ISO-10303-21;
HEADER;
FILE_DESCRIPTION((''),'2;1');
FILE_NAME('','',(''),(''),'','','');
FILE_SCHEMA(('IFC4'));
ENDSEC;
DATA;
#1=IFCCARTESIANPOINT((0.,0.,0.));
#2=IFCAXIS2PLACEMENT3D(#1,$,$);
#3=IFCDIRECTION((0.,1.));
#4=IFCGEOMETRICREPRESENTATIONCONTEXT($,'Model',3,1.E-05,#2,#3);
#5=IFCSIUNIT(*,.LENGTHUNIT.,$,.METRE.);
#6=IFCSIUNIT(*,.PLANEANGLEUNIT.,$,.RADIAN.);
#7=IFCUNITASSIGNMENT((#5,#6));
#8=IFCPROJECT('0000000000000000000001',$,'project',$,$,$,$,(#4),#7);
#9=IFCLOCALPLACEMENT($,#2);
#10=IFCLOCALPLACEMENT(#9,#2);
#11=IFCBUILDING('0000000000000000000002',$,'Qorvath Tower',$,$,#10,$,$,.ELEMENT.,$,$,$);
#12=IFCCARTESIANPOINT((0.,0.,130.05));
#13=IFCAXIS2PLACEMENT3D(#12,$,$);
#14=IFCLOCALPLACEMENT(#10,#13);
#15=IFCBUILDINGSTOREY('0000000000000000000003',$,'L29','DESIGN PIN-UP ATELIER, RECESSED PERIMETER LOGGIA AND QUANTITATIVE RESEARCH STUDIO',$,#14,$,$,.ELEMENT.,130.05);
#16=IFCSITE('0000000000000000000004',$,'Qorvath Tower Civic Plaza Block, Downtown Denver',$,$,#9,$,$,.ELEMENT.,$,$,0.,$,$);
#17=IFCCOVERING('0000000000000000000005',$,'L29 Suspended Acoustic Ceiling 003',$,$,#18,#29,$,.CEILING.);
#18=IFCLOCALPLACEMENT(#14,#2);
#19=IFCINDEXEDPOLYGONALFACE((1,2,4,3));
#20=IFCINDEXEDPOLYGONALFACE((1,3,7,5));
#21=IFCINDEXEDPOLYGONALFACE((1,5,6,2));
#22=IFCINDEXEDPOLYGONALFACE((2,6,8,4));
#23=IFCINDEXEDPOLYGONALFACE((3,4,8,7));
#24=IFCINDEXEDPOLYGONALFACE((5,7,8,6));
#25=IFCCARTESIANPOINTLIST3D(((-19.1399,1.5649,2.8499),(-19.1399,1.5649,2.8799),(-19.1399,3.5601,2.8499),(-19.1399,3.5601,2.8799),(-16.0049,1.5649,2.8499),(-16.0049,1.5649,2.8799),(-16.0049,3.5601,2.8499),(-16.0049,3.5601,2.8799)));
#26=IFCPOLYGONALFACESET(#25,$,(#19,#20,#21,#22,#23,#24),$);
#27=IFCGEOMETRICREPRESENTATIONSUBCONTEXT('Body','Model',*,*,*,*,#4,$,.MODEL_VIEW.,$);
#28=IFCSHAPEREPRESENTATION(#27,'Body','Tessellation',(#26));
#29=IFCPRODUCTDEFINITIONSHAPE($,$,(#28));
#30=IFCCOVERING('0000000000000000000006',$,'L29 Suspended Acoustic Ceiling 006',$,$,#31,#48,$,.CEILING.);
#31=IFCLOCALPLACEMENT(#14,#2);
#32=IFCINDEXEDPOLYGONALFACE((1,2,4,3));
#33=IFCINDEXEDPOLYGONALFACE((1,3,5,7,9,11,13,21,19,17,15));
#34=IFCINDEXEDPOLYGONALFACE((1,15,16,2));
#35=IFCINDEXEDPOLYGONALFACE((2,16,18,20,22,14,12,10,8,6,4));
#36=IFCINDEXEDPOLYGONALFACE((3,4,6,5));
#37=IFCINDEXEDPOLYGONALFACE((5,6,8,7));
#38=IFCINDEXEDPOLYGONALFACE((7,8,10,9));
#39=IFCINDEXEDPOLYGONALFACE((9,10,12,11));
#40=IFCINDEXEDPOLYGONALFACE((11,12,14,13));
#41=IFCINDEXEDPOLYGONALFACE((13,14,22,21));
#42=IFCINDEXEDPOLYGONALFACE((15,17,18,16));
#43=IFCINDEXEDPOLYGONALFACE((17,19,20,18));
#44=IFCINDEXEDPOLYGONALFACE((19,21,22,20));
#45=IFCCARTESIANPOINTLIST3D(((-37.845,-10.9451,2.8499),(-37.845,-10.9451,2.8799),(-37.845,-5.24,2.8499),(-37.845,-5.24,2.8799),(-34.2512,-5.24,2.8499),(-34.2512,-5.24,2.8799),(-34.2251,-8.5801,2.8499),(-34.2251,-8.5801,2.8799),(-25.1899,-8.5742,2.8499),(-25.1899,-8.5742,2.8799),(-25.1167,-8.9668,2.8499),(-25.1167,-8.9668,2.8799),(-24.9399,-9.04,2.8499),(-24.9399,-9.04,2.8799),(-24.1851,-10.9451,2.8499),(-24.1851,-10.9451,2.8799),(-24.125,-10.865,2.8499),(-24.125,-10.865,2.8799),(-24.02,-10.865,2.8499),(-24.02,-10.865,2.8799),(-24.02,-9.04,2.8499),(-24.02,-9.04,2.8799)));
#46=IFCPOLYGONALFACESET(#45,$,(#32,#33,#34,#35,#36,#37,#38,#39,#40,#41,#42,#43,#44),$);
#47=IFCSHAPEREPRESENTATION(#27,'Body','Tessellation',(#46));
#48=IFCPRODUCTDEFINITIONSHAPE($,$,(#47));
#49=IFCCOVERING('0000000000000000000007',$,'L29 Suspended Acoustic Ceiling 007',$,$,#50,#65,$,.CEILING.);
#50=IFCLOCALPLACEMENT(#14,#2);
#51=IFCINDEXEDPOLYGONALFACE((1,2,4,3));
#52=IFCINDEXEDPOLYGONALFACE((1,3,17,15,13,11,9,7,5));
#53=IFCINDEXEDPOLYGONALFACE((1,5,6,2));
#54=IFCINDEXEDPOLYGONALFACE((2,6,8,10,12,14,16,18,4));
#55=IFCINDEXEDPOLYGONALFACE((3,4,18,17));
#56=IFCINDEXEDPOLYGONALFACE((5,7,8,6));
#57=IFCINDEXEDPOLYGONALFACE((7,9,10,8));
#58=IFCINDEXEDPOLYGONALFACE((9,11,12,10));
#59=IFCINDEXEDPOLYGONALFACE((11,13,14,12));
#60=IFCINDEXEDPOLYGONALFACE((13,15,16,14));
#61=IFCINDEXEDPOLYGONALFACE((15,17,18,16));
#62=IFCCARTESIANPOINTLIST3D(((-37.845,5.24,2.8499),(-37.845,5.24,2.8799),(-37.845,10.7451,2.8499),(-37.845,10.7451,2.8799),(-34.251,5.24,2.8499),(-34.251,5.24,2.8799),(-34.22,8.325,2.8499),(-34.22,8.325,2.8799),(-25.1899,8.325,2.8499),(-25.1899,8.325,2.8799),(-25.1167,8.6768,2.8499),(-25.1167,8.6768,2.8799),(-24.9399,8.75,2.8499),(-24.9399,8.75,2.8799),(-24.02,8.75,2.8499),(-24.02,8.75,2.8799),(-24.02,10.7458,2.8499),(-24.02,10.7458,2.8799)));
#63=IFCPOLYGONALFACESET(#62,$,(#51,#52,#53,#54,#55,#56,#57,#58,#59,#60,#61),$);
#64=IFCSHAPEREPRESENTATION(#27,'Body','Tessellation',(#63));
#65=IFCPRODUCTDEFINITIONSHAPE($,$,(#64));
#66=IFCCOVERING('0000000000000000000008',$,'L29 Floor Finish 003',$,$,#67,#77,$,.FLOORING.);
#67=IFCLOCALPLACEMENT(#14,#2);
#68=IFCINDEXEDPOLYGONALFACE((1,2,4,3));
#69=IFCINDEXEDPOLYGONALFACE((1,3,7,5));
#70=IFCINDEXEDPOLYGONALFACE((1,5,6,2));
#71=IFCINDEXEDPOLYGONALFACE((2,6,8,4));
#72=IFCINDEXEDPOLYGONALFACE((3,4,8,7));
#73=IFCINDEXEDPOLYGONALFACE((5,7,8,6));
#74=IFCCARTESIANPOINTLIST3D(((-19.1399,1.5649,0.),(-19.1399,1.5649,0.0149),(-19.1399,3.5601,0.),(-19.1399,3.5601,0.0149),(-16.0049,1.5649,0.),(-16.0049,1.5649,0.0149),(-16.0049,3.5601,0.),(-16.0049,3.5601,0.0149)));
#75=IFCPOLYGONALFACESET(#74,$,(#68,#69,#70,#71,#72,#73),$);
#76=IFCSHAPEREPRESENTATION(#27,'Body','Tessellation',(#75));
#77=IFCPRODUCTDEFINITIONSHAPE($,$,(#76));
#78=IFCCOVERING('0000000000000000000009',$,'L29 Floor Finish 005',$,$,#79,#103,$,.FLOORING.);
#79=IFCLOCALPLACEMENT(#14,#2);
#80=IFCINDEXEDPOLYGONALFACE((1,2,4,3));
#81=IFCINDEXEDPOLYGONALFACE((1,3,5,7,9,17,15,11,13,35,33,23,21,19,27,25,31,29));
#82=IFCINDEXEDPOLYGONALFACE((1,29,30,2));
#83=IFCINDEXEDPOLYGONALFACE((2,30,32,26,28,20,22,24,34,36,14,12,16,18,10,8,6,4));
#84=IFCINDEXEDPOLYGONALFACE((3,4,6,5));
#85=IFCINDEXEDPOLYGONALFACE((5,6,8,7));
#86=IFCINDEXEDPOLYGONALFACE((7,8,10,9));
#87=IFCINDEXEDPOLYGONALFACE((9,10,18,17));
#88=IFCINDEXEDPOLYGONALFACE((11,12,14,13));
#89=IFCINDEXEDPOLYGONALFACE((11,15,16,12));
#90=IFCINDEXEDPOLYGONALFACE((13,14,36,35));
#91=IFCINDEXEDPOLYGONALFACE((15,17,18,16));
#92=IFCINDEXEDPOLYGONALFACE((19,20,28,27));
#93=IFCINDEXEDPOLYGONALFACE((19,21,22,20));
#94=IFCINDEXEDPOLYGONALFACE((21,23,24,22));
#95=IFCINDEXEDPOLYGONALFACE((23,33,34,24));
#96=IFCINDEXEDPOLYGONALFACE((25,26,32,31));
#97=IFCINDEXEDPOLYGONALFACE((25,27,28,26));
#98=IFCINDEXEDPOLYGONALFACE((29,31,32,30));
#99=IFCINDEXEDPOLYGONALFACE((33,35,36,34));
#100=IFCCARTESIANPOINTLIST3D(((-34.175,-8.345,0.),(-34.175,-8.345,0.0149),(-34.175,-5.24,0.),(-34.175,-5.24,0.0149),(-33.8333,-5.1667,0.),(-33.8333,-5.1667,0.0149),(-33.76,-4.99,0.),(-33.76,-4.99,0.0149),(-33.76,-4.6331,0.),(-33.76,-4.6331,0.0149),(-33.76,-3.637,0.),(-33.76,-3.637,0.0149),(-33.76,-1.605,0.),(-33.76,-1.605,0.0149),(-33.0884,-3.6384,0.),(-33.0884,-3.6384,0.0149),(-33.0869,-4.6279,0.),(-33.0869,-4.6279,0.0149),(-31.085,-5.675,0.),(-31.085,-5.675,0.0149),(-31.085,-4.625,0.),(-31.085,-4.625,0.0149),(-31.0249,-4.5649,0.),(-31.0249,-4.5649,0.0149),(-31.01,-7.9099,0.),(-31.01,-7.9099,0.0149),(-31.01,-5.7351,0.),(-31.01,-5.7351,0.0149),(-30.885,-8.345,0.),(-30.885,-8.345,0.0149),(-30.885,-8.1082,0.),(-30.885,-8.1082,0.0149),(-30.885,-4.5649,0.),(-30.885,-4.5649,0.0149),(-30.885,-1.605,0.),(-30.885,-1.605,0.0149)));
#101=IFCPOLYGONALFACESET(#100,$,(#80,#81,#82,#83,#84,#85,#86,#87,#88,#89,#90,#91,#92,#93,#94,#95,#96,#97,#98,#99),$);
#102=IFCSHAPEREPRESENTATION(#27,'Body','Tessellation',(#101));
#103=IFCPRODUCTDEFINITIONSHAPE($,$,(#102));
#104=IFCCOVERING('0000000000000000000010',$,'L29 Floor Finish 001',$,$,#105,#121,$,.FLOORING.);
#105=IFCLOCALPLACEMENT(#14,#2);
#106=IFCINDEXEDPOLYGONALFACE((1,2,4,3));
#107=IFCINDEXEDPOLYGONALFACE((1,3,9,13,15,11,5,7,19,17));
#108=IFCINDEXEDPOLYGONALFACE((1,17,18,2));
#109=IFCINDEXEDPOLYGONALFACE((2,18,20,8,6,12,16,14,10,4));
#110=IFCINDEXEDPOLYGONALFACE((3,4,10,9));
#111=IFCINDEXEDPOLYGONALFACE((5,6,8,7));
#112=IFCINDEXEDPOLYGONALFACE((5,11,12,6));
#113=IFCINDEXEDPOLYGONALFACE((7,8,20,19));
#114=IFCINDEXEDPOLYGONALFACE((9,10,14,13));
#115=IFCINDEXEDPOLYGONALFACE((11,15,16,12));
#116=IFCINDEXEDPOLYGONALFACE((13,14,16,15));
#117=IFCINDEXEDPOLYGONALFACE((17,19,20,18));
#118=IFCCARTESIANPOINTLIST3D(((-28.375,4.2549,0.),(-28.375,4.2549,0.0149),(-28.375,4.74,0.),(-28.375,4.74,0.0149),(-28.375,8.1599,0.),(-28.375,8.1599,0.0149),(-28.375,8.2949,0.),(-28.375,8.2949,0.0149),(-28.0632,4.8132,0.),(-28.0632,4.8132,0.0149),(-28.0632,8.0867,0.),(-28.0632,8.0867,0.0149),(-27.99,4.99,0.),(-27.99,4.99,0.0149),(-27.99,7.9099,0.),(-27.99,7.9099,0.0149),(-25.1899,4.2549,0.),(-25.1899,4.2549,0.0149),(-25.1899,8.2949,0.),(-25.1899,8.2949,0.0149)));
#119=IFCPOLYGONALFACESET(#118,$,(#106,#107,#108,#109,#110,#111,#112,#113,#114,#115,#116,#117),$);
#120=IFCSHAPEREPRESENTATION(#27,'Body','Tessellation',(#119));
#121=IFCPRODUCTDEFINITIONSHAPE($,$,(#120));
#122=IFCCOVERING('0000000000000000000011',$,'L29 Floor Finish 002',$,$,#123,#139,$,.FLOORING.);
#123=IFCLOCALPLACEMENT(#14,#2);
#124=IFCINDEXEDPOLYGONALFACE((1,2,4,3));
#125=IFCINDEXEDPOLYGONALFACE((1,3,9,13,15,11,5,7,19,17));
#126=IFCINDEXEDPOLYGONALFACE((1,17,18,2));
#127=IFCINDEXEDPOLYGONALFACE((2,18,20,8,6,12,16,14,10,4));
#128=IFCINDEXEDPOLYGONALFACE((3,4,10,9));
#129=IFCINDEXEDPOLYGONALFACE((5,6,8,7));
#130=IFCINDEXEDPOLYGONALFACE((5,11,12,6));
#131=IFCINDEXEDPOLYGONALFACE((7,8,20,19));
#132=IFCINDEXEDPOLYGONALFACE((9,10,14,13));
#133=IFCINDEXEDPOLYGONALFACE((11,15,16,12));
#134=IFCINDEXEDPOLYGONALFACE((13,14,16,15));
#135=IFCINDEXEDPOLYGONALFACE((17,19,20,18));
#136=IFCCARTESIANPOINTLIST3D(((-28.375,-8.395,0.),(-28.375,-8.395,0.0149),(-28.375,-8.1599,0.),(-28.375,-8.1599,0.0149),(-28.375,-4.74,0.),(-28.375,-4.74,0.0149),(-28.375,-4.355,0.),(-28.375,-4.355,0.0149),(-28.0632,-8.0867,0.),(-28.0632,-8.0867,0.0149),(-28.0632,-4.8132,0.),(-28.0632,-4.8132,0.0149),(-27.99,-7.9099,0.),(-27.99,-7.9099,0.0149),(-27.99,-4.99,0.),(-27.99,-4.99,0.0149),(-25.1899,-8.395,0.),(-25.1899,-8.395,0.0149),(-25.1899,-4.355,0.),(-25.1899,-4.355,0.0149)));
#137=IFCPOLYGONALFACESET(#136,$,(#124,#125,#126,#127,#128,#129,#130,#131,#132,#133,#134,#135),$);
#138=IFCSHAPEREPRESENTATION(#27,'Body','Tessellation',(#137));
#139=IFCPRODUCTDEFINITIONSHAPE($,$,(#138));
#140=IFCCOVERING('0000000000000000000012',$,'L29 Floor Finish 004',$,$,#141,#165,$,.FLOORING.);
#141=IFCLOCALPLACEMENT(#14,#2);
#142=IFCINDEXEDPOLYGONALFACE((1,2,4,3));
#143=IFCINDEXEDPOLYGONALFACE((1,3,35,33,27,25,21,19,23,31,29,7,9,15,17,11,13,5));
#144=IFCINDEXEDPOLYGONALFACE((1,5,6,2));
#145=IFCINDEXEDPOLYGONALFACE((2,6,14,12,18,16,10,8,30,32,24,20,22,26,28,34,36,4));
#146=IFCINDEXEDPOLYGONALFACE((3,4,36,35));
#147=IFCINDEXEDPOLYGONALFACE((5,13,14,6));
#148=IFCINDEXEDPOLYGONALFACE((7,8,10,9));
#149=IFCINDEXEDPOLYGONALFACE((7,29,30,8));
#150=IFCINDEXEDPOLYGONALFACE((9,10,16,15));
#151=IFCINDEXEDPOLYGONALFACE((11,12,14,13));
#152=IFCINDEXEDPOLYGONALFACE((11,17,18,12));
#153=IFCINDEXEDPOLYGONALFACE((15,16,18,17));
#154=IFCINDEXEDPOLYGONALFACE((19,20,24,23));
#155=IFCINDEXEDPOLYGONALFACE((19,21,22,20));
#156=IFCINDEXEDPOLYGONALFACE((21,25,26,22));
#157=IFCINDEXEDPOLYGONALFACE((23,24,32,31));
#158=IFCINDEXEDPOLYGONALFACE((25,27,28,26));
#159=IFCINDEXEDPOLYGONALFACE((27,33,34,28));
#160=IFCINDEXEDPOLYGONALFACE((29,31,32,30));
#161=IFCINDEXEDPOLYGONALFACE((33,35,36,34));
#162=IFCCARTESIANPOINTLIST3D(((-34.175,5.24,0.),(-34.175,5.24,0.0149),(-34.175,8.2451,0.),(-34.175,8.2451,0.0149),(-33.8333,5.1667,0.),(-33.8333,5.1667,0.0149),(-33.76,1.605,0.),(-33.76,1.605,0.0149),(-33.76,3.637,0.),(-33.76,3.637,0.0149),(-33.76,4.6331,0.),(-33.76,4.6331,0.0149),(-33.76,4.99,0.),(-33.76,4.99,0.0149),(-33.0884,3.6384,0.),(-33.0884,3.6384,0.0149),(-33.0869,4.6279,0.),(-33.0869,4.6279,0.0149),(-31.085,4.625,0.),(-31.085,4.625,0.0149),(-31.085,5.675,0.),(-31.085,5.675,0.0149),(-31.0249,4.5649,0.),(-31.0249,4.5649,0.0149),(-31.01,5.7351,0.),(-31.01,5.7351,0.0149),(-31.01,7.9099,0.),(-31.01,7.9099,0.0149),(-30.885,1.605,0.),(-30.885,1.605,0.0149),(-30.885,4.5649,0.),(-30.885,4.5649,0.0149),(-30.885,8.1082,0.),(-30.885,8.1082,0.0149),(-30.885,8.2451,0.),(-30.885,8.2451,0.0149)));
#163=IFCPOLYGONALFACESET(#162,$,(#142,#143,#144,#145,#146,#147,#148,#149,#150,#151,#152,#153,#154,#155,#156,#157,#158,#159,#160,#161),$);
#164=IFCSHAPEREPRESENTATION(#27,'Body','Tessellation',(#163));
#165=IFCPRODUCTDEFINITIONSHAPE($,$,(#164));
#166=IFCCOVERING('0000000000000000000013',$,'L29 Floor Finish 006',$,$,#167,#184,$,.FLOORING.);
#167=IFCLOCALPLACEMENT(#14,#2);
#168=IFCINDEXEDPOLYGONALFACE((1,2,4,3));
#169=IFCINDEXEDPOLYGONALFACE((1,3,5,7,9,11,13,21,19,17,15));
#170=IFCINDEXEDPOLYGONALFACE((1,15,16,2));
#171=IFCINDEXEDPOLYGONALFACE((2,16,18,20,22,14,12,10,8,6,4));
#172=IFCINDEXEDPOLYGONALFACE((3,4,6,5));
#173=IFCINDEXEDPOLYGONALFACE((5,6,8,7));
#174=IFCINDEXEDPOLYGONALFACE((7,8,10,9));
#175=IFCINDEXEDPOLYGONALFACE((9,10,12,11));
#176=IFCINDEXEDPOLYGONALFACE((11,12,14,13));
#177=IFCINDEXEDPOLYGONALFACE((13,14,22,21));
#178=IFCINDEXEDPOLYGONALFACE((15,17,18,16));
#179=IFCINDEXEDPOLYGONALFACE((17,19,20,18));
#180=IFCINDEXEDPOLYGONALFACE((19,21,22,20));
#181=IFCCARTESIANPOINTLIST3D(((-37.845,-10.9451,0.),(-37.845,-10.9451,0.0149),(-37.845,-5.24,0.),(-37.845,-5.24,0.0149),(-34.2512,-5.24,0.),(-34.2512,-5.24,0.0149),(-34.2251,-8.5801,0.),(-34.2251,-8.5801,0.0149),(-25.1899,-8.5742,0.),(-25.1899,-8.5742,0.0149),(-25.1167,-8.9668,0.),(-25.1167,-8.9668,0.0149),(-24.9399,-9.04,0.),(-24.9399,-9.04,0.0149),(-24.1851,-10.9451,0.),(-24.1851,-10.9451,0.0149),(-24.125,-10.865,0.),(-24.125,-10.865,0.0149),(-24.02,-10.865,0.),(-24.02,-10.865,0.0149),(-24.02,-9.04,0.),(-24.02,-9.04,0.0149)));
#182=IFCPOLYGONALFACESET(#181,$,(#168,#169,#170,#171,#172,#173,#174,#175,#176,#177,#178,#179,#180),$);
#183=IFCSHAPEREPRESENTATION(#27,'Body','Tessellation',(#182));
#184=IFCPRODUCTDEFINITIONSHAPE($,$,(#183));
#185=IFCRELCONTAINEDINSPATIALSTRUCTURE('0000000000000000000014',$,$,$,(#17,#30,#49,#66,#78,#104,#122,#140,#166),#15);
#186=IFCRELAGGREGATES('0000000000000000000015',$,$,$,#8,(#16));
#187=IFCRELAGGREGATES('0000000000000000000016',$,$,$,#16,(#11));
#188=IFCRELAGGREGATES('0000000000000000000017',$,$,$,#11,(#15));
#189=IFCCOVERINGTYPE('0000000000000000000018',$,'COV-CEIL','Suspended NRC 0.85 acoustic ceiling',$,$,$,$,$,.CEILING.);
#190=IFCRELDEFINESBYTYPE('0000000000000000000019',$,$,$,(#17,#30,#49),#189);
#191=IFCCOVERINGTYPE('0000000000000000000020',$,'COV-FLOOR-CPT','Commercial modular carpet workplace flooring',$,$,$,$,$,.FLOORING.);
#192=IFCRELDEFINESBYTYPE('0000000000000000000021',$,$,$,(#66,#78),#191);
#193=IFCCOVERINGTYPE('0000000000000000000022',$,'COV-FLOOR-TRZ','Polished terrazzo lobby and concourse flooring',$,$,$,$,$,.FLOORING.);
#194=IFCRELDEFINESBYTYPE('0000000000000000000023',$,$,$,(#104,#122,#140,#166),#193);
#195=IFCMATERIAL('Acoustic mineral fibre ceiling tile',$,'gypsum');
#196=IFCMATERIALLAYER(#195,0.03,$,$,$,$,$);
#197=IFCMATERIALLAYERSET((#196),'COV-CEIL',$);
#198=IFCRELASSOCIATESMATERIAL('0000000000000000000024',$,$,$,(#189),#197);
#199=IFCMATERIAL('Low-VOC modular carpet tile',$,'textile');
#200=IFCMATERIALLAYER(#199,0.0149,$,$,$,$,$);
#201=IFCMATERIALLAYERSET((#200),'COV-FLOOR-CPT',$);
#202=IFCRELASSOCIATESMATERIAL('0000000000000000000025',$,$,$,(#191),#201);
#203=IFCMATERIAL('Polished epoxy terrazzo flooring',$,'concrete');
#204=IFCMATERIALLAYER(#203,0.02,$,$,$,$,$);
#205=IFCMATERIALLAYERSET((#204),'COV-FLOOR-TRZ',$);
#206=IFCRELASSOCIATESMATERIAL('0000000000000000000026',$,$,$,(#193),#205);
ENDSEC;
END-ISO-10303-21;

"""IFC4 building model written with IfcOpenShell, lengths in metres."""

from ifc_helpers import new_model, si_unit, direction, frame, origin, place, context, subcontext, project, spatial, polyline, outline, extrude, material, layer, layer_set, type_object, element, save


model = new_model("IFC4")

# Units and contexts
model_context = context("Model", 3, precision=1e-05, world=origin(), true_north=direction((0.0, 1.0)))
body_context = subcontext(model_context, "Body", "Model", "MODEL_VIEW")
ifc_project = project(units=[si_unit("LENGTHUNIT", "METRE"), si_unit("PLANEANGLEUNIT", "RADIAN")], contexts=[model_context])

# Site, building, storey
site_placement = place(None, origin())
site = spatial("IfcSite", under=ifc_project, at=site_placement, Name="Qorvath Tower Civic Plaza Block, Downtown Denver", CompositionType="ELEMENT", RefElevation=0.0)
building_placement = place(site_placement, origin())
building = spatial("IfcBuilding", under=site, at=building_placement, Name="Qorvath Tower", CompositionType="ELEMENT")
storey_placement = place(building_placement, frame((0.0, 0.0, 130.05)))
storey = spatial("IfcBuildingStorey", under=building, at=storey_placement, Name="L29", Description="DESIGN PIN-UP ATELIER, RECESSED PERIMETER LOGGIA AND QUANTITATIVE RESEARCH STUDIO", CompositionType="ELEMENT", Elevation=130.05)

# Coverings
ifc_material_1 = material(Name="Acoustic mineral fibre ceiling tile", Category="gypsum")
ifc_layer_1 = layer(ifc_material_1, 0.03)
ifc_layer_set_1 = layer_set([ifc_layer_1], Name="COV-CEIL")
covering_type_1 = type_object("IfcCoveringType", Name="COV-CEIL", Description="Suspended NRC 0.85 acoustic ceiling", PredefinedType="CEILING", material=ifc_layer_set_1)
covering_1_placement = place(storey_placement, frame((0.0, 0.0, 2.8499)))
element("IfcCovering", 1, at=covering_1_placement, inside=storey, type_object=covering_type_1, Name="L29 Suspended Acoustic Ceiling 003", PredefinedType="CEILING", context=body_context, shape_type="SweptSolid", body=[
    extrude(outline(polyline([(-16.0049, 3.5601), (-19.1399, 3.5601), (-19.1399, 1.5649), (-16.0049, 1.5649), (-16.0049, 3.5601)])), origin(), (0.0, 0.0, 1.0), 0.03),
])
covering_2_placement = place(storey_placement, frame((0.0, 0.0, 2.8499)))
element("IfcCovering", 2, at=covering_2_placement, inside=storey, type_object=covering_type_1, Name="L29 Suspended Acoustic Ceiling 006", PredefinedType="CEILING", context=body_context, shape_type="SweptSolid", body=[
    extrude(outline(polyline([(-34.2251, -8.5801), (-34.2512, -5.24), (-37.845, -5.24), (-37.845, -10.9451), (-24.1851, -10.9451), (-24.125, -10.865), (-24.02, -10.865), (-24.02, -9.04), (-24.9399, -9.04), (-25.1167, -8.9668), (-25.1899, -8.5742), (-34.2251, -8.5801)])), origin(), (0.0, 0.0, 1.0), 0.03),
])
covering_3_placement = place(storey_placement, frame((0.0, 0.0, 2.8499)))
element("IfcCovering", 3, at=covering_3_placement, inside=storey, type_object=covering_type_1, Name="L29 Suspended Acoustic Ceiling 007", PredefinedType="CEILING", context=body_context, shape_type="SweptSolid", body=[
    extrude(outline(polyline([(-24.02, 8.75), (-24.02, 10.7458), (-37.845, 10.7451), (-37.845, 5.24), (-34.251, 5.24), (-34.22, 8.325), (-25.1899, 8.325), (-25.1167, 8.6768), (-24.9399, 8.75), (-24.02, 8.75)])), origin(), (0.0, 0.0, 1.0), 0.03),
])
ifc_material_2 = material(Name="Low-VOC modular carpet tile", Category="textile")
ifc_layer_2 = layer(ifc_material_2, 0.0149)
ifc_layer_set_2 = layer_set([ifc_layer_2], Name="COV-FLOOR-CPT")
covering_type_2 = type_object("IfcCoveringType", Name="COV-FLOOR-CPT", Description="Commercial modular carpet workplace flooring", PredefinedType="FLOORING", material=ifc_layer_set_2)
covering_4_placement = place(storey_placement, origin())
element("IfcCovering", 4, at=covering_4_placement, inside=storey, type_object=covering_type_2, Name="L29 Floor Finish 003", PredefinedType="FLOORING", context=body_context, shape_type="SweptSolid", body=[
    extrude(outline(polyline([(-16.0049, 3.5601), (-19.1399, 3.5601), (-19.1399, 1.5649), (-16.0049, 1.5649), (-16.0049, 3.5601)])), origin(), (0.0, 0.0, 1.0), 0.0149),
])
covering_5_placement = place(storey_placement, origin())
element("IfcCovering", 5, at=covering_5_placement, inside=storey, type_object=covering_type_2, Name="L29 Floor Finish 005", PredefinedType="FLOORING", context=body_context, shape_type="SweptSolid", body=[
    extrude(outline(polyline([(-30.885, -1.605), (-33.76, -1.605), (-33.76, -3.637), (-33.0884, -3.6384), (-33.0869, -4.6279), (-33.76, -4.6331), (-33.76, -4.99), (-33.8333, -5.1667), (-34.175, -5.24), (-34.175, -8.345), (-30.885, -8.345), (-30.885, -8.1082), (-31.01, -7.9099), (-31.01, -5.7351), (-31.085, -5.675), (-31.085, -4.625), (-31.0249, -4.5649), (-30.885, -4.5649), (-30.885, -1.605)])), origin(), (0.0, 0.0, 1.0), 0.0149),
])
ifc_material_3 = material(Name="Polished epoxy terrazzo flooring", Category="concrete")
ifc_layer_3 = layer(ifc_material_3, 0.02)
ifc_layer_set_3 = layer_set([ifc_layer_3], Name="COV-FLOOR-TRZ")
covering_type_3 = type_object("IfcCoveringType", Name="COV-FLOOR-TRZ", Description="Polished terrazzo lobby and concourse flooring", PredefinedType="FLOORING", material=ifc_layer_set_3)
covering_6_placement = place(storey_placement, origin())
element("IfcCovering", 6, at=covering_6_placement, inside=storey, type_object=covering_type_3, Name="L29 Floor Finish 001", PredefinedType="FLOORING", context=body_context, shape_type="SweptSolid", body=[
    extrude(outline(polyline([(-25.1899, 4.2549), (-25.1899, 8.2949), (-28.375, 8.2949), (-28.375, 8.1599), (-28.0632, 8.0867), (-27.99, 7.9099), (-27.99, 4.99), (-28.0632, 4.8132), (-28.375, 4.74), (-28.375, 4.2549), (-25.1899, 4.2549)])), origin(), (0.0, 0.0, 1.0), 0.0149),
])
covering_7_placement = place(storey_placement, origin())
element("IfcCovering", 7, at=covering_7_placement, inside=storey, type_object=covering_type_3, Name="L29 Floor Finish 002", PredefinedType="FLOORING", context=body_context, shape_type="SweptSolid", body=[
    extrude(outline(polyline([(-25.1899, -8.395), (-25.1899, -4.355), (-28.375, -4.355), (-28.375, -4.74), (-28.0632, -4.8132), (-27.99, -4.99), (-27.99, -7.9099), (-28.0632, -8.0867), (-28.375, -8.1599), (-28.375, -8.395), (-25.1899, -8.395)])), origin(), (0.0, 0.0, 1.0), 0.0149),
])
covering_8_placement = place(storey_placement, origin())
element("IfcCovering", 8, at=covering_8_placement, inside=storey, type_object=covering_type_3, Name="L29 Floor Finish 004", PredefinedType="FLOORING", context=body_context, shape_type="SweptSolid", body=[
    extrude(outline(polyline([(-30.885, 8.2451), (-34.175, 8.2451), (-34.175, 5.24), (-33.8333, 5.1667), (-33.76, 4.99), (-33.76, 4.6331), (-33.0869, 4.6279), (-33.0884, 3.6384), (-33.76, 3.637), (-33.76, 1.605), (-30.885, 1.605), (-30.885, 4.5649), (-31.0249, 4.5649), (-31.085, 4.625), (-31.085, 5.675), (-31.01, 5.7351), (-31.01, 7.9099), (-30.885, 8.1082), (-30.885, 8.2451)])), origin(), (0.0, 0.0, 1.0), 0.0149),
])
covering_9_placement = place(storey_placement, origin())
element("IfcCovering", 9, at=covering_9_placement, inside=storey, type_object=covering_type_3, Name="L29 Floor Finish 006", PredefinedType="FLOORING", context=body_context, shape_type="SweptSolid", body=[
    extrude(outline(polyline([(-34.2251, -8.5801), (-34.2512, -5.24), (-37.845, -5.24), (-37.845, -10.9451), (-24.1851, -10.9451), (-24.125, -10.865), (-24.02, -10.865), (-24.02, -9.04), (-24.9399, -9.04), (-25.1167, -8.9668), (-25.1899, -8.5742), (-34.2251, -8.5801)])), origin(), (0.0, 0.0, 1.0), 0.0149),
])

save(model, "model.ifc")
